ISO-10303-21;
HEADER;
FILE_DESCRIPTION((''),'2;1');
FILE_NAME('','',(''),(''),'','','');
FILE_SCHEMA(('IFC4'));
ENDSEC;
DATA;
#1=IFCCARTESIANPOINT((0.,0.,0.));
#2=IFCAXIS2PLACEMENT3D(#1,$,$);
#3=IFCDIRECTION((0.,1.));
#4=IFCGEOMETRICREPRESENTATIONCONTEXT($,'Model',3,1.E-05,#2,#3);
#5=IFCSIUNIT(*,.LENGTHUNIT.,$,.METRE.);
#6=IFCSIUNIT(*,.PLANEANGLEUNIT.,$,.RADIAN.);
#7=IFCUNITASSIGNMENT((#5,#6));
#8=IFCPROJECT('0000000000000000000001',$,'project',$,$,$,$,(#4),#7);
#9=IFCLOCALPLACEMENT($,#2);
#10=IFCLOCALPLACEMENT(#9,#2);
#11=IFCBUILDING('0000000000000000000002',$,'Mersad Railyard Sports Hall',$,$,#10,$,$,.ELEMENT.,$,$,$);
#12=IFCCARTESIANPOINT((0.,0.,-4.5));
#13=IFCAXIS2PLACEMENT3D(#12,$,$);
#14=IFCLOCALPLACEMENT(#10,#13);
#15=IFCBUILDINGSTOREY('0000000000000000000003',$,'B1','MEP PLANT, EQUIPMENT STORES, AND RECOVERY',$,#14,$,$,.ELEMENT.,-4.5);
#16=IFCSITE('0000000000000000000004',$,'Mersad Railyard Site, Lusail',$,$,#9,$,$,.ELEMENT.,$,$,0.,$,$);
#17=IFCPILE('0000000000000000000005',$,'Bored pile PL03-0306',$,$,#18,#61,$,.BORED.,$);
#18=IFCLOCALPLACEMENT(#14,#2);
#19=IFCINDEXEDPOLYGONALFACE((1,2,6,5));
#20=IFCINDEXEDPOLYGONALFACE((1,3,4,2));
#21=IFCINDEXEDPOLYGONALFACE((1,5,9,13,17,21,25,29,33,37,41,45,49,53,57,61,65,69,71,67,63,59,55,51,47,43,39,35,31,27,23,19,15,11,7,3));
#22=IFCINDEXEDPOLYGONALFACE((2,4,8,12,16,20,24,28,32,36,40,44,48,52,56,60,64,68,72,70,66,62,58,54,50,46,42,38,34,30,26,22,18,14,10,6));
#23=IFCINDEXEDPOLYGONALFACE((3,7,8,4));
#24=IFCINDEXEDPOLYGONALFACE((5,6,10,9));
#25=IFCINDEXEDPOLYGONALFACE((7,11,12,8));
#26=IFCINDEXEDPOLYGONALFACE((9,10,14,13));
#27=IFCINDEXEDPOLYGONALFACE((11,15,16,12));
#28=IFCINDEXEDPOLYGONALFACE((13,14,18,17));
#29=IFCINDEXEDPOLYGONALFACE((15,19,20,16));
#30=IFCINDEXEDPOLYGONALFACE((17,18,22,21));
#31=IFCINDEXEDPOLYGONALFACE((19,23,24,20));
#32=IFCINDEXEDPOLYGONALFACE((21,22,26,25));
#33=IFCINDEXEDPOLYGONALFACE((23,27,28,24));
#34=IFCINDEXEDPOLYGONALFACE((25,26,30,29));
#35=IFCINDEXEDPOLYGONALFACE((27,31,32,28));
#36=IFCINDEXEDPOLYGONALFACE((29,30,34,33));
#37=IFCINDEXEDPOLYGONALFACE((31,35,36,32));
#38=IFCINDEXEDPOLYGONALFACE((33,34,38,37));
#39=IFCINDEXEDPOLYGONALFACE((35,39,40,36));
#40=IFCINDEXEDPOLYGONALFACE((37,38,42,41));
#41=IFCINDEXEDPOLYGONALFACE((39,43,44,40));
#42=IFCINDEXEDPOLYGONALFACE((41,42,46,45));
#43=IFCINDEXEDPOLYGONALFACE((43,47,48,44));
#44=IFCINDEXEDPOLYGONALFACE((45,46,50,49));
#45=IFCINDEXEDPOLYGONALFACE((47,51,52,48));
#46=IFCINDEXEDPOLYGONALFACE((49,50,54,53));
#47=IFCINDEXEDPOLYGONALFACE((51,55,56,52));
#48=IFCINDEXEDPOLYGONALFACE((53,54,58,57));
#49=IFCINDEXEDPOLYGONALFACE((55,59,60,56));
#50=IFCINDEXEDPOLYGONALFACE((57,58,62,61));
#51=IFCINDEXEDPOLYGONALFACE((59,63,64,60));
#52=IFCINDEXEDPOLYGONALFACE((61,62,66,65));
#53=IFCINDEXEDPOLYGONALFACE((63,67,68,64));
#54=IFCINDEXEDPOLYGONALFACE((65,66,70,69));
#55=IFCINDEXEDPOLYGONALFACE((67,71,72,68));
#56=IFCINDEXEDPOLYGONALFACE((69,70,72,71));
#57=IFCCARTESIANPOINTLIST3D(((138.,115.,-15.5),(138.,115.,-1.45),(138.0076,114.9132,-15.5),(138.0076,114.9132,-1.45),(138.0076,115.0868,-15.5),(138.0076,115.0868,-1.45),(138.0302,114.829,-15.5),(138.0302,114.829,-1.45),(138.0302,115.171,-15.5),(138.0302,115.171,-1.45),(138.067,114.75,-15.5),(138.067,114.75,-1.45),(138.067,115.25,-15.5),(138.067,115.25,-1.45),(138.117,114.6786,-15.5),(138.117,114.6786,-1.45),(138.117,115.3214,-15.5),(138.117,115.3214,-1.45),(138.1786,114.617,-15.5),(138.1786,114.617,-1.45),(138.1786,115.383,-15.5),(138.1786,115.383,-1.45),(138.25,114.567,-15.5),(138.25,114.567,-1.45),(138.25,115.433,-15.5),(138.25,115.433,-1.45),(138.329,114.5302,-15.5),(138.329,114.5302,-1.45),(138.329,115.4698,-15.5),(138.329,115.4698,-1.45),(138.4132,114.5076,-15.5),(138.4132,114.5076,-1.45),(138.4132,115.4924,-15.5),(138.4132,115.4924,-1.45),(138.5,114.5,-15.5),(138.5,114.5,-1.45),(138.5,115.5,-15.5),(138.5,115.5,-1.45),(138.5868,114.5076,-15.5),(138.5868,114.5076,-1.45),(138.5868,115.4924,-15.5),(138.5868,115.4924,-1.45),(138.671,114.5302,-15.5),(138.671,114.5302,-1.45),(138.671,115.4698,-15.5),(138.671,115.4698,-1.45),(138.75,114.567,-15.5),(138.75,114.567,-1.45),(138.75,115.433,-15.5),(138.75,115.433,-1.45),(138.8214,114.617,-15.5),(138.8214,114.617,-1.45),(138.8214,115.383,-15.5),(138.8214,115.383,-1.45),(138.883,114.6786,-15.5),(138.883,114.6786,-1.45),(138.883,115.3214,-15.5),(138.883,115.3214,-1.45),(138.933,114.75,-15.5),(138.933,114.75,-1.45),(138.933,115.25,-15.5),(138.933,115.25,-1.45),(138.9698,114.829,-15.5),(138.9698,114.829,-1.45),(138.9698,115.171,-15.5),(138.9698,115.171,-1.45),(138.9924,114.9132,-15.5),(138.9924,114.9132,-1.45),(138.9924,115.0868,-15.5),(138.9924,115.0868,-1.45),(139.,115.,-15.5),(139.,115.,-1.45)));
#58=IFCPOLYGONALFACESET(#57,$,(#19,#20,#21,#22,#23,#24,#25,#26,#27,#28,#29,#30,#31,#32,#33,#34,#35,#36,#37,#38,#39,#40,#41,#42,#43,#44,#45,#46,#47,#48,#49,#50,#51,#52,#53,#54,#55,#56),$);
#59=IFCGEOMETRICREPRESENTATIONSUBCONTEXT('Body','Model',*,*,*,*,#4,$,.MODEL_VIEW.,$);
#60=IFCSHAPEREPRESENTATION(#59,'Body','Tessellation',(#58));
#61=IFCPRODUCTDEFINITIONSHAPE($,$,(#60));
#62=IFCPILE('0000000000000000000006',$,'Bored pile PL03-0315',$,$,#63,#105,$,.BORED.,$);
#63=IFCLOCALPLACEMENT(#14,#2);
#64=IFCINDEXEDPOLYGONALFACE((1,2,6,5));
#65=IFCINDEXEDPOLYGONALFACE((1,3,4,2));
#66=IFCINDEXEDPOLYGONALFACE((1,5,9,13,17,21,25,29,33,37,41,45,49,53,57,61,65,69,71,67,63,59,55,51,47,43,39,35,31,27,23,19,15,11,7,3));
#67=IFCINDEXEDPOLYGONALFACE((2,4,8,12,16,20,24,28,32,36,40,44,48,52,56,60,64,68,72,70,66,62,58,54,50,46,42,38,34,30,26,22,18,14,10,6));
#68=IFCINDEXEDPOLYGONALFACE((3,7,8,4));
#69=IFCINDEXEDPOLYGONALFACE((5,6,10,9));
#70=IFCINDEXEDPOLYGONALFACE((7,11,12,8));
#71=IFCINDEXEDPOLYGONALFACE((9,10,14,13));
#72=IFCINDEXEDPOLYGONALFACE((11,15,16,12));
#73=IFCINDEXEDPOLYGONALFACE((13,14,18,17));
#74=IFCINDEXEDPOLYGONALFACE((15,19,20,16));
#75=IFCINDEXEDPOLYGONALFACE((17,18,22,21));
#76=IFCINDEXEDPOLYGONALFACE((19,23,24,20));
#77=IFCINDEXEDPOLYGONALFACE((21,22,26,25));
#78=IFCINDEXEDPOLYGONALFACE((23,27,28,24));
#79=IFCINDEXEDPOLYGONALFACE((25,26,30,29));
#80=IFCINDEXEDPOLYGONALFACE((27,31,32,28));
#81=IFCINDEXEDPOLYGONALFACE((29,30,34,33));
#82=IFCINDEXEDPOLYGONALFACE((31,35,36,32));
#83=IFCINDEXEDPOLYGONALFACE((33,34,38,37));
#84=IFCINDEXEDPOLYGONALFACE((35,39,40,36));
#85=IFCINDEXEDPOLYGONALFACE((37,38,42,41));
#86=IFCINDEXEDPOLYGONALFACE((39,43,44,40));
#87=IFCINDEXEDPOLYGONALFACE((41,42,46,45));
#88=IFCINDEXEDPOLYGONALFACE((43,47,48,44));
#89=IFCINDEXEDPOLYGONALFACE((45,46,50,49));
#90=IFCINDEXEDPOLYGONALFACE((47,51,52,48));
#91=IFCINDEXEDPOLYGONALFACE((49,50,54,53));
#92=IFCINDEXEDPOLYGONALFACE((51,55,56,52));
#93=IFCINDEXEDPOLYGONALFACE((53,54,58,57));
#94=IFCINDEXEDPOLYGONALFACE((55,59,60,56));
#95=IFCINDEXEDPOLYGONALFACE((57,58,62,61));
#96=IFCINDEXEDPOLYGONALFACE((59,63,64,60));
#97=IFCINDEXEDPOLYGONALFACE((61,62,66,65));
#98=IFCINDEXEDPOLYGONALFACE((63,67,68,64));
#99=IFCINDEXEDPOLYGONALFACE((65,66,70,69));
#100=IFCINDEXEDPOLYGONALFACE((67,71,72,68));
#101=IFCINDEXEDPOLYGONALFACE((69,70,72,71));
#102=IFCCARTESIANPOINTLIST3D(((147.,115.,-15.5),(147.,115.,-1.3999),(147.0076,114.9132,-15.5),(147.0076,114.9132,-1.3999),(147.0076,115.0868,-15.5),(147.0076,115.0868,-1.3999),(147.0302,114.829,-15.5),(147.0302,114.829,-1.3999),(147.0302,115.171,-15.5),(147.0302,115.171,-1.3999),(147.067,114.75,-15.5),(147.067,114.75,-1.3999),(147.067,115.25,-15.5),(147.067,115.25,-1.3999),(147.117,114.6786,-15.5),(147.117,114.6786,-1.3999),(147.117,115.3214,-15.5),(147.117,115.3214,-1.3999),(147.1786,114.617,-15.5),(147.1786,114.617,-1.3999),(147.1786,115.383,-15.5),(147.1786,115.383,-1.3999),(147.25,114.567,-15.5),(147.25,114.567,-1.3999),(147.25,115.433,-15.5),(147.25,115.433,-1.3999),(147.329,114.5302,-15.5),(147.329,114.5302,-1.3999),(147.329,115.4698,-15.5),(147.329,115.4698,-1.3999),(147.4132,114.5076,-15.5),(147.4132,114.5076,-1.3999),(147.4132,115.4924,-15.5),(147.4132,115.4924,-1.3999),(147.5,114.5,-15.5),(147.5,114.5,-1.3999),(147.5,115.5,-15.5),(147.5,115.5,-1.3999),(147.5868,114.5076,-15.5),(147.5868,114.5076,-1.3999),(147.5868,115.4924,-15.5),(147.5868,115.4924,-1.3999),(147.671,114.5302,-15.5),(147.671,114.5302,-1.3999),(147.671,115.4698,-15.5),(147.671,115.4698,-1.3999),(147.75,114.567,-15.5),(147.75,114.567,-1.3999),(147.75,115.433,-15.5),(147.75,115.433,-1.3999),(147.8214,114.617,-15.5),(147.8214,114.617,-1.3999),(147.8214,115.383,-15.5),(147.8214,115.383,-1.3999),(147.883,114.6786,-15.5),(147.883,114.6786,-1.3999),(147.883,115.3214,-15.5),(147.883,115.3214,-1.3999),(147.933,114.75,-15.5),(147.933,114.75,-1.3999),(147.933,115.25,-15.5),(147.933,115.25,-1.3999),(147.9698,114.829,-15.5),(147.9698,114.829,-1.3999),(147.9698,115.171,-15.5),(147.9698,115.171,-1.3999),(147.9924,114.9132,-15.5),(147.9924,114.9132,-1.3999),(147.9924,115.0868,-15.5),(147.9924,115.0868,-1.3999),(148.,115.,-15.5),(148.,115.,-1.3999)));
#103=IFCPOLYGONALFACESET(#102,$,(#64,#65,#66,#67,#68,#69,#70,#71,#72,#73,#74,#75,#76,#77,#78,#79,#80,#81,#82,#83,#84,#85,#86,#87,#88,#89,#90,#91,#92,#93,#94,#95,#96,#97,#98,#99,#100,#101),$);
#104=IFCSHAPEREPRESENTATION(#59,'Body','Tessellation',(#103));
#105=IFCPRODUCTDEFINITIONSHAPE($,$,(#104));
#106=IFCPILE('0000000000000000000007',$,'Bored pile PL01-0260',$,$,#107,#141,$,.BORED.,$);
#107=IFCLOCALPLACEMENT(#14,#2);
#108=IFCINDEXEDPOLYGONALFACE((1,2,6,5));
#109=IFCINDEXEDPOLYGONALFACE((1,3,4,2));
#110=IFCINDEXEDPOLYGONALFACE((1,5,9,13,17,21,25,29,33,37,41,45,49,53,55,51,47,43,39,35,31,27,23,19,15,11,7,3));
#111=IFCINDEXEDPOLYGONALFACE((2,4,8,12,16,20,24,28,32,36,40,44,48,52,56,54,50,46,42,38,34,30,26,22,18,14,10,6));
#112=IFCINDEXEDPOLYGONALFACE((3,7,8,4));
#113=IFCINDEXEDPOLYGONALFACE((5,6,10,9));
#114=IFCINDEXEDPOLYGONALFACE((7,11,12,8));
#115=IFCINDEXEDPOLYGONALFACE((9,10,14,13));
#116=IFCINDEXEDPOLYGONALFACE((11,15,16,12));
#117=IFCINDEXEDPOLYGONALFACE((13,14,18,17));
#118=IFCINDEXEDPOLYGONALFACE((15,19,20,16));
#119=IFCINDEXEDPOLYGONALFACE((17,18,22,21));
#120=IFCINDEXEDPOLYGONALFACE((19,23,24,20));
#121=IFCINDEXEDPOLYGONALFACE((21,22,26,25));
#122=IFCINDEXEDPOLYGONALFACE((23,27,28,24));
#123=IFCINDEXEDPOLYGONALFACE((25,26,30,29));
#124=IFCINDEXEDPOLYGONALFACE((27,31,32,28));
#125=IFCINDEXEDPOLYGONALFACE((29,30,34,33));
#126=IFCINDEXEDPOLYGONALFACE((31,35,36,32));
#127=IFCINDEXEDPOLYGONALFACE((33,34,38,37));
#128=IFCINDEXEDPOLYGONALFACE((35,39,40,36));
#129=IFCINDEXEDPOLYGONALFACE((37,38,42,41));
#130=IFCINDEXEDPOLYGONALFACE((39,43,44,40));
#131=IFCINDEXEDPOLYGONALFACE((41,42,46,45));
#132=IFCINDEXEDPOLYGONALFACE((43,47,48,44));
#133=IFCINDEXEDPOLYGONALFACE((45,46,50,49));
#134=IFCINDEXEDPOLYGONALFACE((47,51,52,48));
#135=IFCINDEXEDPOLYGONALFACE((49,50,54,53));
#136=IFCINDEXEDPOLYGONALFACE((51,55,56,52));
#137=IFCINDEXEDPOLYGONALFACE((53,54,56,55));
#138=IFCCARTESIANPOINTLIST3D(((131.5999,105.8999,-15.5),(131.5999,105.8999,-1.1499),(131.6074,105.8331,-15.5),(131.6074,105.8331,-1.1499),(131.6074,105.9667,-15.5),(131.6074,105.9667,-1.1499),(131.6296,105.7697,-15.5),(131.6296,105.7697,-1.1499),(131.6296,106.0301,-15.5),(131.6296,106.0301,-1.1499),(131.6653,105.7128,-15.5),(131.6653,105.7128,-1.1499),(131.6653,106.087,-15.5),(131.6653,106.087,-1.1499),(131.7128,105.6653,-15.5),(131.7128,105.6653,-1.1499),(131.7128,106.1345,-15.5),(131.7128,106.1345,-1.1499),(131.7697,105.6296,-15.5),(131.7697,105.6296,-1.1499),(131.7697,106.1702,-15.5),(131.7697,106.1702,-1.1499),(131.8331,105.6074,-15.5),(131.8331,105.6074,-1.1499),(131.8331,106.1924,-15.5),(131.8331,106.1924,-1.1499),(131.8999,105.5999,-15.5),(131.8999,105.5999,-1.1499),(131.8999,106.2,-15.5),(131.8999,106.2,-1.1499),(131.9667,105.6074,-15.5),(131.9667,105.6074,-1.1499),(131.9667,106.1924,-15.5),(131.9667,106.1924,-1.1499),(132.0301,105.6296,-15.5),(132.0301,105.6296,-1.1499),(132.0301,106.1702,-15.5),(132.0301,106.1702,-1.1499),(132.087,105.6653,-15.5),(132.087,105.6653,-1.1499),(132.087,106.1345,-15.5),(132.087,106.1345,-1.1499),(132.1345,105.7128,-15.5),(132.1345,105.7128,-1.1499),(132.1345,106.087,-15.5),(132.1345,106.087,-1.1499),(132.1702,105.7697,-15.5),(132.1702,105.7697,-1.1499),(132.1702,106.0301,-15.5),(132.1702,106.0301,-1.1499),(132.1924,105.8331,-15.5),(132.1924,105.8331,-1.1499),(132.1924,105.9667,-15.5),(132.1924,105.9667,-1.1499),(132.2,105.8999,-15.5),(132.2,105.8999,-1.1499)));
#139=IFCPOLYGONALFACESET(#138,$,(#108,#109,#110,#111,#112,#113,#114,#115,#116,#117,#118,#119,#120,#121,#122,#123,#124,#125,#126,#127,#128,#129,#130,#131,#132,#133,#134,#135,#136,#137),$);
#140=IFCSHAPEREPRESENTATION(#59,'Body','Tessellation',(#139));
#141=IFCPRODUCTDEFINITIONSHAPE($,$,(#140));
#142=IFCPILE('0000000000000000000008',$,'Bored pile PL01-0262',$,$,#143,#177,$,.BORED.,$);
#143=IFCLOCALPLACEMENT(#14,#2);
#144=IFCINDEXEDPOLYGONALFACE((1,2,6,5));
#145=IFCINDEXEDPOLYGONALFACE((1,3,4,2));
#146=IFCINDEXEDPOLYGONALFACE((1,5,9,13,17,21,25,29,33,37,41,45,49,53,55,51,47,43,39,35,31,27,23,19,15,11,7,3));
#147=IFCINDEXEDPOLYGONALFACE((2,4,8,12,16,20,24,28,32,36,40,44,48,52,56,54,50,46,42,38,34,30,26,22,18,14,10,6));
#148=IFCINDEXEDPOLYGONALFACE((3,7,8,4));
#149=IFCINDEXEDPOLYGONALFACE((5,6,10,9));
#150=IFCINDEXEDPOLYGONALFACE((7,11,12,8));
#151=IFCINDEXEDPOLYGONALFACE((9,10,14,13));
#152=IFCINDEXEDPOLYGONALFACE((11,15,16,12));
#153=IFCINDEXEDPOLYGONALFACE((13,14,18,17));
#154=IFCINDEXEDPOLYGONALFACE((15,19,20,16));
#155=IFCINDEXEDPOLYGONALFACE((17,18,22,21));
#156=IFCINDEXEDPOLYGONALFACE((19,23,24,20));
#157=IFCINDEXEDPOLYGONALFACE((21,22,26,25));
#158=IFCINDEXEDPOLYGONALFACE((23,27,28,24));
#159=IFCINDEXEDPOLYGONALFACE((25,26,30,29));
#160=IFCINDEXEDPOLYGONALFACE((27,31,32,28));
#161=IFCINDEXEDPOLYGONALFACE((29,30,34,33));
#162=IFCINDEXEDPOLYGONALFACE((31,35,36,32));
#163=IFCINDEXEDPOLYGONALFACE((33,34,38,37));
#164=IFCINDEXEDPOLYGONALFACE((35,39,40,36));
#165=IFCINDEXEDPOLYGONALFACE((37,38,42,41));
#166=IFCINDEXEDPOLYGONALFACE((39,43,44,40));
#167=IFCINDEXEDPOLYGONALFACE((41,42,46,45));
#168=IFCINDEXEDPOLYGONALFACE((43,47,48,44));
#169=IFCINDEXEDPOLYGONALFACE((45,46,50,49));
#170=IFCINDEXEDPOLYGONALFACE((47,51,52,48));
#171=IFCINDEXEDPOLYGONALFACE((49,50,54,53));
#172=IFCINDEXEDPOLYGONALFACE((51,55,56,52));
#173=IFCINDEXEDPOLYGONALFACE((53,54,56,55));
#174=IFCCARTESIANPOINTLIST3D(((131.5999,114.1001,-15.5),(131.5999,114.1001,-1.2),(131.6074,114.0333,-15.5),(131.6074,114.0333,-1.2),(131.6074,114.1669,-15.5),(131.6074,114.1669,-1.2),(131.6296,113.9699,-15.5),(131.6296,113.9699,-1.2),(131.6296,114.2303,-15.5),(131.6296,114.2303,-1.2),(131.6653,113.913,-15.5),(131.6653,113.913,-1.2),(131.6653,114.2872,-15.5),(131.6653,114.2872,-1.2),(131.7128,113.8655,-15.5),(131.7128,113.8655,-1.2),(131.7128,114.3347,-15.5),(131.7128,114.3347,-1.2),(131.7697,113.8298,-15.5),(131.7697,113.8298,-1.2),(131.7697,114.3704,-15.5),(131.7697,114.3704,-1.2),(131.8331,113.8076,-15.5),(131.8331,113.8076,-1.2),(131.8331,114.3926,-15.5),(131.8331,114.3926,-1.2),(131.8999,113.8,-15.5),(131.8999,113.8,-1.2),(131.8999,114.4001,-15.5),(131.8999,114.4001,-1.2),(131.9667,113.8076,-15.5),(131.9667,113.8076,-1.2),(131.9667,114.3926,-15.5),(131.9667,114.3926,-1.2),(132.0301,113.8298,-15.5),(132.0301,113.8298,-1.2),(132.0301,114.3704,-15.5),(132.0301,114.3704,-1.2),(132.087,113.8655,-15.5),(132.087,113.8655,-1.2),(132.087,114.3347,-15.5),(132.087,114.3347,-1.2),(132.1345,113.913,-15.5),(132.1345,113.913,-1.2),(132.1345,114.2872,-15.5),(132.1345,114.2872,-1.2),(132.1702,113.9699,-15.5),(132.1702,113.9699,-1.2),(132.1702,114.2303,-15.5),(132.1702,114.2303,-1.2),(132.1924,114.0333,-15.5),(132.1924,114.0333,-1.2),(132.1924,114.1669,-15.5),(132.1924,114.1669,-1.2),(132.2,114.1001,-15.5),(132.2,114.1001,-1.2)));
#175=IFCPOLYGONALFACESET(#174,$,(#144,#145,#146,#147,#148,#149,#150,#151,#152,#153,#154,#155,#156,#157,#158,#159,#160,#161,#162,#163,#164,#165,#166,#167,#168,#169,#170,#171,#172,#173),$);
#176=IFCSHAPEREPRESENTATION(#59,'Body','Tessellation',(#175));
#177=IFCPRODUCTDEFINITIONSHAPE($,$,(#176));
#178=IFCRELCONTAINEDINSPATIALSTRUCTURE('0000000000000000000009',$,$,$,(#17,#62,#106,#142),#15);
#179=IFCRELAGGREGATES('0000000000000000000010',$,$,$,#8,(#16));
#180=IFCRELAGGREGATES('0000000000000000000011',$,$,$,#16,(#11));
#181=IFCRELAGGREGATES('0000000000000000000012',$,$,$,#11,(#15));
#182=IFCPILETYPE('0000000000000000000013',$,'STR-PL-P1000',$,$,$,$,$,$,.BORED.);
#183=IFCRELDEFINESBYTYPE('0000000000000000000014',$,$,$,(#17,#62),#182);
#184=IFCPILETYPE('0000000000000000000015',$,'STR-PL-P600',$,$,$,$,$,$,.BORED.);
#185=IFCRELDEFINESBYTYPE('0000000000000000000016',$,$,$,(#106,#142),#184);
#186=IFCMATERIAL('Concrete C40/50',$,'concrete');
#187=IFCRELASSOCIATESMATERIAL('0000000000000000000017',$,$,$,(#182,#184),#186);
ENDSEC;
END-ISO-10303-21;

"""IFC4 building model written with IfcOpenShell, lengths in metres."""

from ifc_helpers import new_model, si_unit, direction, frame, origin, origin_2d, place, context, subcontext, project, spatial, circle, extrude, material, material_profile, profile_set, type_object, element, save


model = new_model("IFC4")

# Units and contexts
model_context = context("Model", 3, precision=1e-05, world=origin(), true_north=direction((0.0, 1.0)))
body_context = subcontext(model_context, "Body", "Model", "MODEL_VIEW")
ifc_project = project(units=[si_unit("LENGTHUNIT", "METRE"), si_unit("PLANEANGLEUNIT", "RADIAN")], contexts=[model_context])

# Site, building, storey
site_placement = place(None, origin())
site = spatial("IfcSite", under=ifc_project, at=site_placement, Name="Mersad Railyard Site, Lusail", CompositionType="ELEMENT", RefElevation=0.0)
building_placement = place(site_placement, origin())
building = spatial("IfcBuilding", under=site, at=building_placement, Name="Mersad Railyard Sports Hall", CompositionType="ELEMENT")
storey_placement = place(building_placement, frame((0.0, 0.0, -4.5)))
storey = spatial("IfcBuildingStorey", under=building, at=storey_placement, Name="B1", Description="MEP PLANT, EQUIPMENT STORES, AND RECOVERY", CompositionType="ELEMENT", Elevation=-4.5)

# Shared definitions
ifc_material_1 = material(Name="Concrete C40/50", Category="concrete")

# Piles
ifc_material_profile_1 = material_profile(ifc_material_1, circle(Radius=0.5, at=origin_2d()), Name="BORED PILE D1000")
ifc_profile_set_1 = profile_set([ifc_material_profile_1], Name="Concrete C40/50")
pile_type_1 = type_object("IfcPileType", Name="STR-PL-P1000", PredefinedType="BORED", material=ifc_profile_set_1)
for number, where, z_axis, x_axis, name in (
    (1, (138.5, 115.0, -1.45), (0.0, 0.0, -1.0), (1.0, 0.0, 0.0), "Bored pile PL03-0306"),
):
    element("IfcPile", number, at=place(storey_placement, frame(where, z_axis=z_axis, x_axis=x_axis)), inside=storey, type_object=pile_type_1, Name=name, PredefinedType="BORED", context=body_context, shape_type="SweptSolid", body=[
        extrude(circle(Radius=0.5, at=origin_2d()), origin(), (0.0, 0.0, 1.0), 14.05),
    ])
pile_1_placement = place(storey_placement, frame((147.5, 115.0, -1.3999), z_axis=(0.0, 0.0, -1.0), x_axis=(1.0, 0.0, 0.0)))
element("IfcPile", 2, at=pile_1_placement, inside=storey, type_object=pile_type_1, Name="Bored pile PL03-0315", PredefinedType="BORED", context=body_context, shape_type="SweptSolid", body=[
    extrude(circle(Radius=0.5, at=origin_2d()), origin(), (0.0, 0.0, 1.0), 14.1001),
])
ifc_material_profile_2 = material_profile(ifc_material_1, circle(Radius=0.3, at=origin_2d()), Name="BORED PILE D600")
ifc_profile_set_2 = profile_set([ifc_material_profile_2], Name="Concrete C40/50")
pile_type_2 = type_object("IfcPileType", Name="STR-PL-P600", PredefinedType="BORED", material=ifc_profile_set_2)
pile_2_placement = place(storey_placement, frame((131.8999, 105.8999, -1.1499), z_axis=(0.0, 0.0, -1.0), x_axis=(1.0, 0.0, 0.0)))
element("IfcPile", 3, at=pile_2_placement, inside=storey, type_object=pile_type_2, Name="Bored pile PL01-0260", PredefinedType="BORED", context=body_context, shape_type="SweptSolid", body=[
    extrude(circle(Radius=0.3, at=origin_2d()), origin(), (0.0, 0.0, 1.0), 14.3501),
])
for number, where, z_axis, x_axis, name in (
    (4, (131.8999, 114.1001, -1.2), (0.0, 0.0, -1.0), (1.0, 0.0, 0.0), "Bored pile PL01-0262"),
):
    element("IfcPile", number, at=place(storey_placement, frame(where, z_axis=z_axis, x_axis=x_axis)), inside=storey, type_object=pile_type_2, Name=name, PredefinedType="BORED", context=body_context, shape_type="SweptSolid", body=[
        extrude(circle(Radius=0.3, at=origin_2d()), origin(), (0.0, 0.0, 1.0), 14.3),
    ])

save(model, "model.ifc")
